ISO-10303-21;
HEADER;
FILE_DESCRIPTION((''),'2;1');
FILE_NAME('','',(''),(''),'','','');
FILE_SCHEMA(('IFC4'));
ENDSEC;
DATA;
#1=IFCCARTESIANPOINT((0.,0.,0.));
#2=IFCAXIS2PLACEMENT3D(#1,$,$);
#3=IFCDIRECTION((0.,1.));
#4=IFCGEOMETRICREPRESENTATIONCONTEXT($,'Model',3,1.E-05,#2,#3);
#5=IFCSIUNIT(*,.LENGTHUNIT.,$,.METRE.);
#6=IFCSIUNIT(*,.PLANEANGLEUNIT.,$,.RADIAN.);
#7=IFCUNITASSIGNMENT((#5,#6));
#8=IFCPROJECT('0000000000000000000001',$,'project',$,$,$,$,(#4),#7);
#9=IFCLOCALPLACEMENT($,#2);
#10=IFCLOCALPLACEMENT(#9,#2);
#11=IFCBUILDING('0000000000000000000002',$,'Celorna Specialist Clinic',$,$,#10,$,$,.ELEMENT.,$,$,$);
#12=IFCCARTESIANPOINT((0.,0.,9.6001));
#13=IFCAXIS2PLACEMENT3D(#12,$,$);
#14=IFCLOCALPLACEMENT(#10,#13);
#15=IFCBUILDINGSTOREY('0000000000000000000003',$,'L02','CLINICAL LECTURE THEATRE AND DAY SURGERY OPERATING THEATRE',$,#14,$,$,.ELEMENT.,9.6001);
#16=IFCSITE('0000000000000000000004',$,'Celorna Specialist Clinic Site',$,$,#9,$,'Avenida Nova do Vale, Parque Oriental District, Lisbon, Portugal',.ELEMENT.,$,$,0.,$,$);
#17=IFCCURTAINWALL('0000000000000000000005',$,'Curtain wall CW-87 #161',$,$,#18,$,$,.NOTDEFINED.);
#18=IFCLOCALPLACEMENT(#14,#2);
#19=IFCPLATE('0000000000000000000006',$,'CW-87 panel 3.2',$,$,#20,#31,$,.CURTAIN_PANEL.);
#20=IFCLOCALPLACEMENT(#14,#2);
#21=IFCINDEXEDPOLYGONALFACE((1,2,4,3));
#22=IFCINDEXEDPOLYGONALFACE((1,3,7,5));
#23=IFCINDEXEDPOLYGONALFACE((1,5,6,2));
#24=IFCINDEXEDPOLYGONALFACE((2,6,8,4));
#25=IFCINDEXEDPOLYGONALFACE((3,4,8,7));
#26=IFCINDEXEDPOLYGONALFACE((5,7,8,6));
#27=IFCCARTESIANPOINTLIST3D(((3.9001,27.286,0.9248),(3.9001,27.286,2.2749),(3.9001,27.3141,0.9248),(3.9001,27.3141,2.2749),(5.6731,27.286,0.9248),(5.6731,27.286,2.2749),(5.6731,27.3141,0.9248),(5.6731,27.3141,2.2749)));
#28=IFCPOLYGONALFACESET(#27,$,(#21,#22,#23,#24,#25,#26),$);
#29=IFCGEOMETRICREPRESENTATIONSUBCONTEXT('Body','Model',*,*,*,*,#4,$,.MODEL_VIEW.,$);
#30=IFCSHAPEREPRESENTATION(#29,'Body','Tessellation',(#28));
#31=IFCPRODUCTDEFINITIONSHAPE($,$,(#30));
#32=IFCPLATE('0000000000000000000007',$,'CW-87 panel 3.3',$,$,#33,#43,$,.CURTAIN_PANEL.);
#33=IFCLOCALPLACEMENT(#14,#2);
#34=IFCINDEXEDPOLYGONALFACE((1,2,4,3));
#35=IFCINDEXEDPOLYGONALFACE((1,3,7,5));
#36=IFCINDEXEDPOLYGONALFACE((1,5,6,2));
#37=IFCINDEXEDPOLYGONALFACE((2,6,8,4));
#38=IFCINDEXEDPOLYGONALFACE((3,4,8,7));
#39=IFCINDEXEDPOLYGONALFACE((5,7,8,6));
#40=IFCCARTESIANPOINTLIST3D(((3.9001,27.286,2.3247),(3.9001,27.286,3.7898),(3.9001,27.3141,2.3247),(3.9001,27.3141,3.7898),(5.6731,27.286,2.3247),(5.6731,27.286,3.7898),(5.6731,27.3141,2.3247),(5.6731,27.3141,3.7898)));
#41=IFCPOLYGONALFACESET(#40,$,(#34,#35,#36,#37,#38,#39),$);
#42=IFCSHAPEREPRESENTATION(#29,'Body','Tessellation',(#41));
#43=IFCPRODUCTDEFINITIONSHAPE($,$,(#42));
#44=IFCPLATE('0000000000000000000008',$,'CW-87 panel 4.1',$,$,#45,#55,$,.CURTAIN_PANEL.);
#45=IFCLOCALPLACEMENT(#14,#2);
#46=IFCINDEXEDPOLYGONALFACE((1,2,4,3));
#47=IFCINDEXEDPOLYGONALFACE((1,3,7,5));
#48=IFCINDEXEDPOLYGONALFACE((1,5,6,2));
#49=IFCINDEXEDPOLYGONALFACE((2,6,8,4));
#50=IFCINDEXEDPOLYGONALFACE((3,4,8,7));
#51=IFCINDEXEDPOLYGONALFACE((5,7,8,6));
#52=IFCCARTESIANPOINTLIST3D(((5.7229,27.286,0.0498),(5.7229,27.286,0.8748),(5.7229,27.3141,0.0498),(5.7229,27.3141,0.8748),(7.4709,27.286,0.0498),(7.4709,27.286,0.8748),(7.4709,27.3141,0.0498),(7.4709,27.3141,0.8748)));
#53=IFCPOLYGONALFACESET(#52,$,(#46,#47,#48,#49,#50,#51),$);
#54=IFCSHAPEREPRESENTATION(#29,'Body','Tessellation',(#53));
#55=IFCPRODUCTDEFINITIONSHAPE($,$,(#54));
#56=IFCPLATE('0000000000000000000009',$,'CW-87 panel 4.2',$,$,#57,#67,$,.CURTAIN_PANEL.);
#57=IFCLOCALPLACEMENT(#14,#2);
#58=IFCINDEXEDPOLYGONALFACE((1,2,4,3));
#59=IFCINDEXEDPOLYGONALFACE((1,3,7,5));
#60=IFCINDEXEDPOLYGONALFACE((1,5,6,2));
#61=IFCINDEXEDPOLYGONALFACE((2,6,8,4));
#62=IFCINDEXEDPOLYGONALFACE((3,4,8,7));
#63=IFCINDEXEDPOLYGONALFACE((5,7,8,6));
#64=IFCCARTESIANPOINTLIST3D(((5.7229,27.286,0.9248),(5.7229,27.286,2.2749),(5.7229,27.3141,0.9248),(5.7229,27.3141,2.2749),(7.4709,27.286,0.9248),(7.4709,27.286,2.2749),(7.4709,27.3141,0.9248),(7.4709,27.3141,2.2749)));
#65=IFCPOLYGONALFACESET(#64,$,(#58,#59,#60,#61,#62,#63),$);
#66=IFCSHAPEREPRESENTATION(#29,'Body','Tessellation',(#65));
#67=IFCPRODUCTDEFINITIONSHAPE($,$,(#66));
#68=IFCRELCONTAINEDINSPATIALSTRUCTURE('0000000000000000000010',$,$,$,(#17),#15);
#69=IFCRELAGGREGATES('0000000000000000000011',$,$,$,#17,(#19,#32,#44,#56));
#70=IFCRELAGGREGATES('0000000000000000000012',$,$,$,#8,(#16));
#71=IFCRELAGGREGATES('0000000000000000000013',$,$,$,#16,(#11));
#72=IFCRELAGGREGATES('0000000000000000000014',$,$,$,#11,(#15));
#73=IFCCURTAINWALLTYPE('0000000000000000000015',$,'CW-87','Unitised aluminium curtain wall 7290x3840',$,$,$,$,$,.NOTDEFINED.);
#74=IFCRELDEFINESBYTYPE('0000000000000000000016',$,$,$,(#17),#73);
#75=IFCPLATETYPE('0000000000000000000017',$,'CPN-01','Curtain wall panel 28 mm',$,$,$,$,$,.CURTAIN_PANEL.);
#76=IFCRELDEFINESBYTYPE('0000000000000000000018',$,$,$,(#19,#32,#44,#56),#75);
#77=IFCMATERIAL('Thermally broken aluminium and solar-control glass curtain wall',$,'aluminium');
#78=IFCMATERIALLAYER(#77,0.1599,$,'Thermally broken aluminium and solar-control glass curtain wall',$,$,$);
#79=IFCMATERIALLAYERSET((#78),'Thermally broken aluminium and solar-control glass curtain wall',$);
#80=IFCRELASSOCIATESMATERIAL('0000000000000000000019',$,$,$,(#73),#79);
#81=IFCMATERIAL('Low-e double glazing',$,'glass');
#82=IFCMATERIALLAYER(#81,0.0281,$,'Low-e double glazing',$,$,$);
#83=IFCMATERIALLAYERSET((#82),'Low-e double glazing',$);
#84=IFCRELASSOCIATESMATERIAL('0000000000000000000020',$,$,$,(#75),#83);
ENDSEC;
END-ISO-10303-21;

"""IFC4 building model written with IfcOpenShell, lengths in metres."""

from ifc_helpers import new_model, si_unit, direction, frame, origin, origin_2d, place, context, subcontext, project, spatial, rectangle, extrude, material, layer, layer_set, type_object, element, aggregate, save


model = new_model("IFC4")

# Units and contexts
model_context = context("Model", 3, precision=1e-05, world=origin(), true_north=direction((0.0, 1.0)))
body_context = subcontext(model_context, "Body", "Model", "MODEL_VIEW")
ifc_project = project(units=[si_unit("LENGTHUNIT", "METRE"), si_unit("PLANEANGLEUNIT", "RADIAN")], contexts=[model_context])

# Site, building, storey
site_placement = place(None, origin())
site = spatial("IfcSite", under=ifc_project, at=site_placement, Name="Celorna Specialist Clinic Site", LongName="Avenida Nova do Vale, Parque Oriental District, Lisbon, Portugal", CompositionType="ELEMENT", RefElevation=0.0)
building_placement = place(site_placement, origin())
building = spatial("IfcBuilding", under=site, at=building_placement, Name="Celorna Specialist Clinic", CompositionType="ELEMENT")
storey_placement = place(building_placement, frame((0.0, 0.0, 9.6001)))
storey = spatial("IfcBuildingStorey", under=building, at=storey_placement, Name="L02", Description="CLINICAL LECTURE THEATRE AND DAY SURGERY OPERATING THEATRE", CompositionType="ELEMENT", Elevation=9.6001)

# Curtain wall, plates
ifc_material_1 = material(Name="Thermally broken aluminium and solar-control glass curtain wall", Category="aluminium")
ifc_layer_1 = layer(ifc_material_1, 0.1599, Name="Thermally broken aluminium and solar-control glass curtain wall")
ifc_layer_set_1 = layer_set([ifc_layer_1], Name="Thermally broken aluminium and solar-control glass curtain wall")
curtain_wall_type = type_object("IfcCurtainWallType", Name="CW-87", Description="Unitised aluminium curtain wall 7290x3840", PredefinedType="NOTDEFINED", material=ifc_layer_set_1)
curtain_wall_placement = place(storey_placement, origin())
curtain_wall = element("IfcCurtainWall", 1, at=curtain_wall_placement, inside=storey, type_object=curtain_wall_type, Name="Curtain wall CW-87 #161", PredefinedType="NOTDEFINED")
ifc_material_2 = material(Name="Low-e double glazing", Category="glass")
ifc_layer_2 = layer(ifc_material_2, 0.0281, Name="Low-e double glazing")
ifc_layer_set_2 = layer_set([ifc_layer_2], Name="Low-e double glazing")
plate_type = type_object("IfcPlateType", Name="CPN-01", Description="Curtain wall panel 28 mm", PredefinedType="CURTAIN_PANEL", material=ifc_layer_set_2)
plate_1_placement = place(storey_placement, frame((4.7866, 27.3, 0.9248), z_axis=(0.0, 0.0, 1.0), x_axis=(1.0, 0.0, 0.0)))
plate_1 = element("IfcPlate", 2, at=plate_1_placement, type_object=plate_type, Name="CW-87 panel 3.2", PredefinedType="CURTAIN_PANEL", context=body_context, shape_type="SweptSolid", body=[
    extrude(rectangle(XDim=1.7729, YDim=0.0281, at=origin_2d()), origin(), (0.0, 0.0, 1.0), 1.3501),
])
plate_2_placement = place(storey_placement, frame((4.7866, 27.3, 2.3247), z_axis=(0.0, 0.0, 1.0), x_axis=(1.0, 0.0, 0.0)))
plate_2 = element("IfcPlate", 3, at=plate_2_placement, type_object=plate_type, Name="CW-87 panel 3.3", PredefinedType="CURTAIN_PANEL", context=body_context, shape_type="SweptSolid", body=[
    extrude(rectangle(XDim=1.7729, YDim=0.0281, at=origin_2d()), origin(), (0.0, 0.0, 1.0), 1.4651),
])
plate_3_placement = place(storey_placement, frame((6.5969, 27.3, 0.0498), z_axis=(0.0, 0.0, 1.0), x_axis=(1.0, 0.0, 0.0)))
plate_3 = element("IfcPlate", 4, at=plate_3_placement, type_object=plate_type, Name="CW-87 panel 4.1", PredefinedType="CURTAIN_PANEL", context=body_context, shape_type="SweptSolid", body=[
    extrude(rectangle(XDim=1.748, YDim=0.0281, at=origin_2d()), origin(), (0.0, 0.0, 1.0), 0.825),
])
plate_4_placement = place(storey_placement, frame((6.5969, 27.3, 0.9248), z_axis=(0.0, 0.0, 1.0), x_axis=(1.0, 0.0, 0.0)))
plate_4 = element("IfcPlate", 5, at=plate_4_placement, type_object=plate_type, Name="CW-87 panel 4.2", PredefinedType="CURTAIN_PANEL", context=body_context, shape_type="SweptSolid", body=[
    extrude(rectangle(XDim=1.748, YDim=0.0281, at=origin_2d()), origin(), (0.0, 0.0, 1.0), 1.3501),
])
aggregate(curtain_wall, [plate_1, plate_2, plate_3, plate_4])

save(model, "model.ifc")
